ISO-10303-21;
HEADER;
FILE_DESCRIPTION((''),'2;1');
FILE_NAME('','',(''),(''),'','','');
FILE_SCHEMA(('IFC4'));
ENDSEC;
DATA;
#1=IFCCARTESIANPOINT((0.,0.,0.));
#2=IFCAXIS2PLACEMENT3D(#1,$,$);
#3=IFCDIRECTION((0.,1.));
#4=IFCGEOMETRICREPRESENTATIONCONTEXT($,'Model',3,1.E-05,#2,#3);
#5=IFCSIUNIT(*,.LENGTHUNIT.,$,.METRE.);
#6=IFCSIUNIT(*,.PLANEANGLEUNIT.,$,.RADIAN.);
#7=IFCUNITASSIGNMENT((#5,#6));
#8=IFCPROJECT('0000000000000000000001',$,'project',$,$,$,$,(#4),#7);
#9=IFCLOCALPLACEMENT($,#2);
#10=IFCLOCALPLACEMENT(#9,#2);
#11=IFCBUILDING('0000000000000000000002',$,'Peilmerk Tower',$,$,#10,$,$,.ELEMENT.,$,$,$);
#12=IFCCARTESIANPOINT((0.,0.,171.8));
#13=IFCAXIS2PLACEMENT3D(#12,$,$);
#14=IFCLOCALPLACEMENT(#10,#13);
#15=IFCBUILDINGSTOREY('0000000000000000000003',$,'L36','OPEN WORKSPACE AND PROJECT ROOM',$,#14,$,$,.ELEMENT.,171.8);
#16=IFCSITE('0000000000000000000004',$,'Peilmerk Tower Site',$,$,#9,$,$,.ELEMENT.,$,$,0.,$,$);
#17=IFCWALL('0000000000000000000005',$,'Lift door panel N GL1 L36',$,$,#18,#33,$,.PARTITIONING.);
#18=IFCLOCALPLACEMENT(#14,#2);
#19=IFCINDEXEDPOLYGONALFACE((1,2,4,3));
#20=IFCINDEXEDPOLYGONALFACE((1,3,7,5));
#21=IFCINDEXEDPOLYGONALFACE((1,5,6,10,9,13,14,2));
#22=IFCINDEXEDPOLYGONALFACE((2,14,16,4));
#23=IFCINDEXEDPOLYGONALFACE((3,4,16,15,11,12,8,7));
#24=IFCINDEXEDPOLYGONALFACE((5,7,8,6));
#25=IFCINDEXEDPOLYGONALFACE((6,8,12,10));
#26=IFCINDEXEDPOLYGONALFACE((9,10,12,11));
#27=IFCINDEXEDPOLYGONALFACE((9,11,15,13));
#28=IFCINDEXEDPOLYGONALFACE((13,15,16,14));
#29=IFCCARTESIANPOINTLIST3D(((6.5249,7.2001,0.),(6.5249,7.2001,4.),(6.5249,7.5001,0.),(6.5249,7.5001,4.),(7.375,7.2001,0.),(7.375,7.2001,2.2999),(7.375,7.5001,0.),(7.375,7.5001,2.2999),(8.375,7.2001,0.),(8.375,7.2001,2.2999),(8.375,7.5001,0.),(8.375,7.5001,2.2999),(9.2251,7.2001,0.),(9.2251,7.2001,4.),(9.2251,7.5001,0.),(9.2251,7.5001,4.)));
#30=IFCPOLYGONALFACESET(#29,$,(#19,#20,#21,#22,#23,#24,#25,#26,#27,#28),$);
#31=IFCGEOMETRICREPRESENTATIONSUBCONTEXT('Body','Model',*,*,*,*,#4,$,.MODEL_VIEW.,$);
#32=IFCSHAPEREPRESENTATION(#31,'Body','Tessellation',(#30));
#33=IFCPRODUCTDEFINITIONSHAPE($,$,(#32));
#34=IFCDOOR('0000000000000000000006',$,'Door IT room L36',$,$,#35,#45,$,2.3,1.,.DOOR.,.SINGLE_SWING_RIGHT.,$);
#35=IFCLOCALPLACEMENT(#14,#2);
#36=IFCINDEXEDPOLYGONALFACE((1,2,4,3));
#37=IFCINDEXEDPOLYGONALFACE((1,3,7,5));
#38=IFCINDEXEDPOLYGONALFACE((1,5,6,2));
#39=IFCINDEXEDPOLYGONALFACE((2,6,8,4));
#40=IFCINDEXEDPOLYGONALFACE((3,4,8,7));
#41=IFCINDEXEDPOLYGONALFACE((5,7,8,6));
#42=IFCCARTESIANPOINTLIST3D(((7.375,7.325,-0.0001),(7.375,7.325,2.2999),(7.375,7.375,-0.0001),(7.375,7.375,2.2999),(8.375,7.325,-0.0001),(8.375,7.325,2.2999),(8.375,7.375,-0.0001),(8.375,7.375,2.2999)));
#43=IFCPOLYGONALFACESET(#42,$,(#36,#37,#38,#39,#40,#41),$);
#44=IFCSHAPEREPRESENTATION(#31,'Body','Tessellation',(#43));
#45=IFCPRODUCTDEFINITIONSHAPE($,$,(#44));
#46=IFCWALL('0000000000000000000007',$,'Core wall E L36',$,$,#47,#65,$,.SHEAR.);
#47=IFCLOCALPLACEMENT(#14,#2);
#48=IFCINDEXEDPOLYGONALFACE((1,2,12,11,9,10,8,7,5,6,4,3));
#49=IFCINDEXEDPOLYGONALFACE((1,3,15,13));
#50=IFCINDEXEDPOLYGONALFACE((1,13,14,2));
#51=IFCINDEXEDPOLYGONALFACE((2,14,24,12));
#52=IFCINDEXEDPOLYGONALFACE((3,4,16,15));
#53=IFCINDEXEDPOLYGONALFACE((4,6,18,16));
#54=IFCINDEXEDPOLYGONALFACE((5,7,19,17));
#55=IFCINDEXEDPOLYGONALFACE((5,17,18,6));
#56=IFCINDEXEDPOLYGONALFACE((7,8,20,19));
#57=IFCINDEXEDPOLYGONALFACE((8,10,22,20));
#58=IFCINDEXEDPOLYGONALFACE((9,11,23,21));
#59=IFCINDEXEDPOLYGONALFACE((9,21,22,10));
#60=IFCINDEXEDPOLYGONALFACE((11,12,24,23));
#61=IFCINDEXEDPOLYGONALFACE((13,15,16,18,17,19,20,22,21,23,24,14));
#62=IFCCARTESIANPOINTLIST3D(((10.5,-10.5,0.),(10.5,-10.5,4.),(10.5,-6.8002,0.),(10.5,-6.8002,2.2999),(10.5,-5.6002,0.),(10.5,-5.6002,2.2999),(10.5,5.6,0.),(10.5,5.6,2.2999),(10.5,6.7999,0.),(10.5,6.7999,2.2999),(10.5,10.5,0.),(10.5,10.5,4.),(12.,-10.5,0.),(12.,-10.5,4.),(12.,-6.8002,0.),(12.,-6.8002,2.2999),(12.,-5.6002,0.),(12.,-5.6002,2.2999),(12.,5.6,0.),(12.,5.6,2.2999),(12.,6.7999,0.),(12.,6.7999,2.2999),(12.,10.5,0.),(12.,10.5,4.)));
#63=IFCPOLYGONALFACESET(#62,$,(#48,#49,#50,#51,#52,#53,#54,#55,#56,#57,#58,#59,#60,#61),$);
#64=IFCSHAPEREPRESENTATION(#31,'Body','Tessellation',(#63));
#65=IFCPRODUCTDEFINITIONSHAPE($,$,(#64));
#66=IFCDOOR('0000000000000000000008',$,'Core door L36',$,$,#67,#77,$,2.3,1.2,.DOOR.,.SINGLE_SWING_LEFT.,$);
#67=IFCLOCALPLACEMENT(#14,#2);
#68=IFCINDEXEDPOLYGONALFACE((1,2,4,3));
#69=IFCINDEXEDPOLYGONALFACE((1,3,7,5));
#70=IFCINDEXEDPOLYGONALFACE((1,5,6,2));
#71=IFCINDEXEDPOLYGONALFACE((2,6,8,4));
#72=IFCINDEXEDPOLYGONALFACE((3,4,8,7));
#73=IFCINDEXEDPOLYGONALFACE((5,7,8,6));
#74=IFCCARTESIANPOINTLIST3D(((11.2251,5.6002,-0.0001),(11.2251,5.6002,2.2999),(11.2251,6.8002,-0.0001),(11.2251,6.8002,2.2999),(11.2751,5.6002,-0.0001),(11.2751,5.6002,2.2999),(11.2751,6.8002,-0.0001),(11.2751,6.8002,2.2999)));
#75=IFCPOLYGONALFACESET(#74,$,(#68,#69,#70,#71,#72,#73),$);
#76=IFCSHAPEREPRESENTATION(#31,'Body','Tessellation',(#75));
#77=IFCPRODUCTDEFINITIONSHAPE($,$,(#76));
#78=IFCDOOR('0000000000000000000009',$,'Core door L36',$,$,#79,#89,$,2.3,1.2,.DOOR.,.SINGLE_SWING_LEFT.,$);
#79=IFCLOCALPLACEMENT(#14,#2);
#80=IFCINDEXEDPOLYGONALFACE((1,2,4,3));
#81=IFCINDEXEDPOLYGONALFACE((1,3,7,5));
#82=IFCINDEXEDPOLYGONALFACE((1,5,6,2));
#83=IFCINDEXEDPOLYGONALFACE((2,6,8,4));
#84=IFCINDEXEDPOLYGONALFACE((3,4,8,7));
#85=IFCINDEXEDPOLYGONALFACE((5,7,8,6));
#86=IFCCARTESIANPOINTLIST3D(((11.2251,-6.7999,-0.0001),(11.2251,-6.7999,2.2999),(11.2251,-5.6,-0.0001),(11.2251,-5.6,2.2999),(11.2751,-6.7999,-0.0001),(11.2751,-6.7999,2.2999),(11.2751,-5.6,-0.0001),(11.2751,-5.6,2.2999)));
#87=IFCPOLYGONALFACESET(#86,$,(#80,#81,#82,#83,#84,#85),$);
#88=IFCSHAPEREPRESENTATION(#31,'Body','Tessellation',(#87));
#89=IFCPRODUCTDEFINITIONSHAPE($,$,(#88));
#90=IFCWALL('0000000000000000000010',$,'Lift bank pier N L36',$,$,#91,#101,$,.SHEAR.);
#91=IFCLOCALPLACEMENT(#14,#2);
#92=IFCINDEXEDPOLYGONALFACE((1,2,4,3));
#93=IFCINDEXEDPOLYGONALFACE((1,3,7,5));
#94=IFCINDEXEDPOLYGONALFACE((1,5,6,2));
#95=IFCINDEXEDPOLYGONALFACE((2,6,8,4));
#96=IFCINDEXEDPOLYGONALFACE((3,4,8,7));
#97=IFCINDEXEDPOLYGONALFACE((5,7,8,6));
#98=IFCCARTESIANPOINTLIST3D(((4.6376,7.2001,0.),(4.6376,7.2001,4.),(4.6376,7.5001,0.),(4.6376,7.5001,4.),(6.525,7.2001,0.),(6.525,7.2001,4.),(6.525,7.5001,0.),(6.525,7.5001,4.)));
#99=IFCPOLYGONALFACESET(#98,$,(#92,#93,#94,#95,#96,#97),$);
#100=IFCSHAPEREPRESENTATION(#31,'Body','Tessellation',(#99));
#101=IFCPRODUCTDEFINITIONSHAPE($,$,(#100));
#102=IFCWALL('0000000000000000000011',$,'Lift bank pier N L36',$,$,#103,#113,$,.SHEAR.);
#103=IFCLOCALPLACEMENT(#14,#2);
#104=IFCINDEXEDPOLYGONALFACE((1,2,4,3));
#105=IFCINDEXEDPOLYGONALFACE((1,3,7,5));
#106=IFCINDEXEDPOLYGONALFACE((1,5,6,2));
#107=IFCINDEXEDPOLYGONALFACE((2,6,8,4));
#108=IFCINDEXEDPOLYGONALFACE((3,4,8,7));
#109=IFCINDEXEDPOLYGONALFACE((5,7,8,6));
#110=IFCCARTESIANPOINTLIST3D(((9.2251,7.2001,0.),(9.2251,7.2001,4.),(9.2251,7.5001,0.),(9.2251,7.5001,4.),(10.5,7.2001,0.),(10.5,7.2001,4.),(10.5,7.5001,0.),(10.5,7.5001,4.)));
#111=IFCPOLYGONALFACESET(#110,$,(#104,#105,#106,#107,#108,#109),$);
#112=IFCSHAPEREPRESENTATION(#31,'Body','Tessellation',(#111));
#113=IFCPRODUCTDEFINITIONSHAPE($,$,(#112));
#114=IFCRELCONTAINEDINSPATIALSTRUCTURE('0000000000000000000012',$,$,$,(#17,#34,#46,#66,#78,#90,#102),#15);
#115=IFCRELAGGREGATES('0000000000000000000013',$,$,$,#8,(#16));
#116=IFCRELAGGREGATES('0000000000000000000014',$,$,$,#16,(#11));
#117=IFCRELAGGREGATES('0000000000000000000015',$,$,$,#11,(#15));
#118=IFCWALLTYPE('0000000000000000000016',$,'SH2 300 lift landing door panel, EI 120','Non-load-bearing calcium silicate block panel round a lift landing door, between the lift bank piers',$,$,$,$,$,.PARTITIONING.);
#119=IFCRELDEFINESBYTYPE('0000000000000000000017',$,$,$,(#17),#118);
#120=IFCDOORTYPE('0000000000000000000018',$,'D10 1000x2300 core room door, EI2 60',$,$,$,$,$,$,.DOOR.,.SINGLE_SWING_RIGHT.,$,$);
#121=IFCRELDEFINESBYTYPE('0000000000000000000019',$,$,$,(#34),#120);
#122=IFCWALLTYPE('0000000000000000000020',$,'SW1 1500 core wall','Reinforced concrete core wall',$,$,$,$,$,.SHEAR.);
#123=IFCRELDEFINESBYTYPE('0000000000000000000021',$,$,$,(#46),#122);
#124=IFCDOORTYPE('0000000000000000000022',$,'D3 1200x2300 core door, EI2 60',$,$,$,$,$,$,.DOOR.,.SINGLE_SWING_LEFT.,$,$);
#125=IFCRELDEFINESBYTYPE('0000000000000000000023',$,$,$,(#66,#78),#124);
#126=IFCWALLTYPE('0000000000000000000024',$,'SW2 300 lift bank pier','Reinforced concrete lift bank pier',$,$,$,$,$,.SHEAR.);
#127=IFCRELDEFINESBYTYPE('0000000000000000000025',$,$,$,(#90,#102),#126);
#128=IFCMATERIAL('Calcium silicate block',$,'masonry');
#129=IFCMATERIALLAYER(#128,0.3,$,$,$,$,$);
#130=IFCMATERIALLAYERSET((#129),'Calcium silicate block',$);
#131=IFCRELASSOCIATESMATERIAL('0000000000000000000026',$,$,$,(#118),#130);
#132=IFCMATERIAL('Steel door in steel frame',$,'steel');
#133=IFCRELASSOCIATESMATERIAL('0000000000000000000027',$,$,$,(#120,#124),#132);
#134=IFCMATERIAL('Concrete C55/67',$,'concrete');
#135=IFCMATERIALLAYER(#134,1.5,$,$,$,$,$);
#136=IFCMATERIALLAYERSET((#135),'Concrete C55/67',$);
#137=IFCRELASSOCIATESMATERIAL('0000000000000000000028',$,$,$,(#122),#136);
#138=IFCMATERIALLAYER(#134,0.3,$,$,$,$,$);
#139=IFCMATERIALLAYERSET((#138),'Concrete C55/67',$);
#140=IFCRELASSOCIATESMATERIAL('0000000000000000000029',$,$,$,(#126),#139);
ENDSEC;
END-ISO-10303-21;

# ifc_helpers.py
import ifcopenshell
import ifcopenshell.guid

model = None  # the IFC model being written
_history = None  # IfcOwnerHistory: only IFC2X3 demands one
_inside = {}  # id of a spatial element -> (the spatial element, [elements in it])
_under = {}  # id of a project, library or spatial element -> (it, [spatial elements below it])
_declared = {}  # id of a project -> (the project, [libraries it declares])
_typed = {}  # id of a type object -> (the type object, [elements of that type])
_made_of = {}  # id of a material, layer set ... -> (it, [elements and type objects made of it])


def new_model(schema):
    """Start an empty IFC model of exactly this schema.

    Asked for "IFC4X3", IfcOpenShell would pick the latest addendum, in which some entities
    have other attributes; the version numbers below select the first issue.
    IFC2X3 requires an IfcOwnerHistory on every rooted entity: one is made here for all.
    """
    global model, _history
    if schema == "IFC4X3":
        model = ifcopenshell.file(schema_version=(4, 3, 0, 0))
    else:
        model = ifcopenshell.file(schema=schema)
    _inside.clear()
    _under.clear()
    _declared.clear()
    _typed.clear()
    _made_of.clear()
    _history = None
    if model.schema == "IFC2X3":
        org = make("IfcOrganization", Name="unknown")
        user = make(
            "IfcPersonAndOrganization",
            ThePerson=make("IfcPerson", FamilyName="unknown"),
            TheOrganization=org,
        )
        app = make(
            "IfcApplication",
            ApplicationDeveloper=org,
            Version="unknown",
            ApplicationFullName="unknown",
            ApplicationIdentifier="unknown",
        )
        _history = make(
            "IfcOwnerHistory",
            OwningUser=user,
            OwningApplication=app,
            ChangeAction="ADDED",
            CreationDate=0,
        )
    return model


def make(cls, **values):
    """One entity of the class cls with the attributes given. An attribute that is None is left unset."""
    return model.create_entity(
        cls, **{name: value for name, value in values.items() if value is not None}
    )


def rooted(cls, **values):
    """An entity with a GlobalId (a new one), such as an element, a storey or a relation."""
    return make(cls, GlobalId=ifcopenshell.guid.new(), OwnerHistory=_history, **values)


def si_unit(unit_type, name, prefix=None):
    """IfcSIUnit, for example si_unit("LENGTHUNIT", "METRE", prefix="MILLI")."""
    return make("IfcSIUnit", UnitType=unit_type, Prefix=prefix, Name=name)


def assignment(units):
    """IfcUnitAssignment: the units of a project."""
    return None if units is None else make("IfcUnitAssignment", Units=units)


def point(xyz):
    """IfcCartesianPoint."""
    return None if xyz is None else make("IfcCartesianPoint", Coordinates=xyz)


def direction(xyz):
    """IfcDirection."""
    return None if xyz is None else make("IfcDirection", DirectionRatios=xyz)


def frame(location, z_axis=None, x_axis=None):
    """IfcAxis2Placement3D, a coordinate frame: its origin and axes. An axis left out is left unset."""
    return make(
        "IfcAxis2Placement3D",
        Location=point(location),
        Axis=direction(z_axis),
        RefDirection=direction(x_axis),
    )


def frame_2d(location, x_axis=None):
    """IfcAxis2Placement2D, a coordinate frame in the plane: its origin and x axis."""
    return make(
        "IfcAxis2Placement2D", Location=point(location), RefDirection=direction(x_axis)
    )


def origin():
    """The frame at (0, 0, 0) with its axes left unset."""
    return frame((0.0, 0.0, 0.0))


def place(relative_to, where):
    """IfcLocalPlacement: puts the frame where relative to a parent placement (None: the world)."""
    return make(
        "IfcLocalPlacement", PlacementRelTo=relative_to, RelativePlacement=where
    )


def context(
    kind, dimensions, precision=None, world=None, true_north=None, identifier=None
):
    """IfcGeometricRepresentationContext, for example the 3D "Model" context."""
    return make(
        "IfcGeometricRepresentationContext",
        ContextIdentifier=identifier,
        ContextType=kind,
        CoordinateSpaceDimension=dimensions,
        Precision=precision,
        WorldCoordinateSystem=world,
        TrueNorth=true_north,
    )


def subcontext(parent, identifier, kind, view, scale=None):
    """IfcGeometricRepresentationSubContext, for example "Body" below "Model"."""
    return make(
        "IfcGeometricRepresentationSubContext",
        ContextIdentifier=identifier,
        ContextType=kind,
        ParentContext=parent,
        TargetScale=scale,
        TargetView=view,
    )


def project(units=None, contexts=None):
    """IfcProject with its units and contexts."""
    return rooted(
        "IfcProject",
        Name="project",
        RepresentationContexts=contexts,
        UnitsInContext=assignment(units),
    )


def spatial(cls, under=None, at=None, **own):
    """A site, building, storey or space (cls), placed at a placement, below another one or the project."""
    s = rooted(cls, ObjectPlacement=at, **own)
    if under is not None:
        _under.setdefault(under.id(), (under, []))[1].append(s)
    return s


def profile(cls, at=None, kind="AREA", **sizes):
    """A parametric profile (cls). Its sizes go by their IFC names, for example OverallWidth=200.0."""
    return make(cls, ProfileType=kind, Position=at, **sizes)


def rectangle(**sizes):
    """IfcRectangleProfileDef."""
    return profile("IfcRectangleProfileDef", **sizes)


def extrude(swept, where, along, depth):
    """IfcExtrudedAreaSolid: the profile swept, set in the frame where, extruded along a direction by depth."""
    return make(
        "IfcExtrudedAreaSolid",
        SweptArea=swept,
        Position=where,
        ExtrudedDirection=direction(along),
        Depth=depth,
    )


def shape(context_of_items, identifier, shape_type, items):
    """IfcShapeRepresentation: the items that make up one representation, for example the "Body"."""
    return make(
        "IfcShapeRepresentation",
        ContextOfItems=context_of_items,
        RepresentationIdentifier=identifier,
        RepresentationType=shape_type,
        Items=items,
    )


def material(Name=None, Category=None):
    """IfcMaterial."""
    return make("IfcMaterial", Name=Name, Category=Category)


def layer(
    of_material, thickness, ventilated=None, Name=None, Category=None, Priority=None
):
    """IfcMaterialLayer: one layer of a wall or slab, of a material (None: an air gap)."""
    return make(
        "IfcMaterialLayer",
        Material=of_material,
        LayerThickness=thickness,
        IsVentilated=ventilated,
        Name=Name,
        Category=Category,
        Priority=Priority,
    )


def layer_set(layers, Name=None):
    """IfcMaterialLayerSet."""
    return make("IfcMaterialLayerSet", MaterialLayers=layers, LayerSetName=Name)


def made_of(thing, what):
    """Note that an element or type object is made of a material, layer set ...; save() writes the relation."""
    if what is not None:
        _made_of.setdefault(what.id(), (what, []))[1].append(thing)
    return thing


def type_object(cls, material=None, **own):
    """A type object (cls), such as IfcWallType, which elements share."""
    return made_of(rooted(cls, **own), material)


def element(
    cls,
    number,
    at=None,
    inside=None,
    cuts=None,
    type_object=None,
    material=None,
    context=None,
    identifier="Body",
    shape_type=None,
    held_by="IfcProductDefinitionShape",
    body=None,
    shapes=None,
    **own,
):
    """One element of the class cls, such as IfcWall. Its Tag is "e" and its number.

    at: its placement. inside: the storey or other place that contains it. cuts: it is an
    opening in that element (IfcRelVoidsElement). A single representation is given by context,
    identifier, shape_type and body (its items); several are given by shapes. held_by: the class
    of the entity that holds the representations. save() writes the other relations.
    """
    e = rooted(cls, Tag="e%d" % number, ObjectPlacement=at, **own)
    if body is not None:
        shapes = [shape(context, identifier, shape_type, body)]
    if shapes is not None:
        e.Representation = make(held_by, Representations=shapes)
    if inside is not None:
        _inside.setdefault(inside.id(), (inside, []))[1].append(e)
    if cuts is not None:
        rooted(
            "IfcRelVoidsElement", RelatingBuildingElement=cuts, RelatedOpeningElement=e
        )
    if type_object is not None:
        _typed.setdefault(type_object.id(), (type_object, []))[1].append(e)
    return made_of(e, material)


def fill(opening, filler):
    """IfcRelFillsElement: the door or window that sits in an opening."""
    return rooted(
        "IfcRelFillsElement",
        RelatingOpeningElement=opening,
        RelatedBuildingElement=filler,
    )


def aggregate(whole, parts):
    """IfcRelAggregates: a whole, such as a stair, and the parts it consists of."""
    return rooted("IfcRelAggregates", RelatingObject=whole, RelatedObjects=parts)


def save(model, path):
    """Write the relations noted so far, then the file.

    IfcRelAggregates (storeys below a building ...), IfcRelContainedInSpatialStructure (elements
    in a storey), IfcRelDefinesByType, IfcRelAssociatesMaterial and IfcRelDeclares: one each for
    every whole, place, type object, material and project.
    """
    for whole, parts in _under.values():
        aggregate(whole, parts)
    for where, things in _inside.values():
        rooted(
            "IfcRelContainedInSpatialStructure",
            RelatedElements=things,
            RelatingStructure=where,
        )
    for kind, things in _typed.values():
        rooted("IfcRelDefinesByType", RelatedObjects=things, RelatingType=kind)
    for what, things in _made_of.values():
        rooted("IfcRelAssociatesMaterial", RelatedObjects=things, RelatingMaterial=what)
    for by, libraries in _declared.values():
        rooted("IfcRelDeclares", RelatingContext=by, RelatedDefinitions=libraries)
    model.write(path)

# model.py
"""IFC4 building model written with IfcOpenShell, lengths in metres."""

from ifc_helpers import new_model, si_unit, direction, frame, frame_2d, origin, place, context, subcontext, project, spatial, rectangle, extrude, material, layer, layer_set, type_object, element, fill, save


model = new_model("IFC4")

# Units and contexts
model_context = context("Model", 3, precision=1e-05, world=origin(), true_north=direction((0.0, 1.0)))
body_context = subcontext(model_context, "Body", "Model", "MODEL_VIEW")
ifc_project = project(units=[si_unit("LENGTHUNIT", "METRE"), si_unit("PLANEANGLEUNIT", "RADIAN")], contexts=[model_context])

# Site, building, storey
site_placement = place(None, origin())
site = spatial("IfcSite", under=ifc_project, at=site_placement, Name="Peilmerk Tower Site", CompositionType="ELEMENT", RefElevation=0.0)
building_placement = place(site_placement, origin())
building = spatial("IfcBuilding", under=site, at=building_placement, Name="Peilmerk Tower", CompositionType="ELEMENT")
storey_placement = place(building_placement, frame((0.0, 0.0, 171.8)))
storey = spatial("IfcBuildingStorey", under=building, at=storey_placement, Name="L36", Description="OPEN WORKSPACE AND PROJECT ROOM", CompositionType="ELEMENT", Elevation=171.8)

# Shared definitions
ifc_material_1 = material(Name="Calcium silicate block", Category="masonry")

# Wall, opening, door
ifc_layer_1 = layer(ifc_material_1, 0.3)
ifc_layer_set_1 = layer_set([ifc_layer_1], Name="Calcium silicate block")
wall_type_1 = type_object("IfcWallType", Name="SH2 300 lift landing door panel, EI 120", Description="Non-load-bearing calcium silicate block panel round a lift landing door, between the lift bank piers", PredefinedType="PARTITIONING", material=ifc_layer_set_1)
wall_1_placement = place(storey_placement, frame((6.5249, 7.3501, 0.0), z_axis=(0.0, 0.0, 1.0), x_axis=(1.0, 0.0, 0.0)))
wall_1 = element("IfcWall", 1, at=wall_1_placement, inside=storey, type_object=wall_type_1, Name="Lift door panel N GL1 L36", PredefinedType="PARTITIONING", context=body_context, shape_type="SweptSolid", body=[
    extrude(rectangle(XDim=2.7002, YDim=0.3, at=frame_2d((1.3501, 0.0))), origin(), (0.0, 0.0, 1.0), 4.0),
])
opening_1_placement = place(wall_1_placement, frame((0.8501, 0.0, 0.0)))
opening_1 = element("IfcOpeningElement", 2, at=opening_1_placement, cuts=wall_1, PredefinedType="OPENING", context=body_context, shape_type="SweptSolid", body=[
    extrude(rectangle(XDim=1.0, YDim=2.3, at=frame_2d((0.5, 1.1499))), frame((0.0, 0.1599, 0.0), z_axis=(0.0, -1.0, 0.0), x_axis=(1.0, 0.0, 0.0)), (0.0, 0.0, 1.0), 0.3201),
])
ifc_material_2 = material(Name="Steel door in steel frame", Category="steel")
door_type_1 = type_object("IfcDoorType", Name="D10 1000x2300 core room door, EI2 60", OperationType="SINGLE_SWING_RIGHT", PredefinedType="DOOR", material=ifc_material_2)
door_1_placement = place(opening_1_placement, origin())
door_1 = element("IfcDoor", 3, at=door_1_placement, inside=storey, type_object=door_type_1, Name="Door IT room L36", OperationType="SINGLE_SWING_RIGHT", OverallHeight=2.3, OverallWidth=1.0, PredefinedType="DOOR", context=body_context, shape_type="SweptSolid", body=[
    extrude(rectangle(XDim=1.0, YDim=2.3, at=frame_2d((0.5, 1.1499))), frame((0.0, 0.0249, 0.0), z_axis=(0.0, -1.0, 0.0), x_axis=(1.0, 0.0, 0.0)), (0.0, 0.0, 1.0), 0.05),
])
fill(opening_1, door_1)

# Wall, openings, doors
ifc_material_3 = material(Name="Concrete C55/67", Category="concrete")
ifc_layer_2 = layer(ifc_material_3, 1.5)
ifc_layer_set_2 = layer_set([ifc_layer_2], Name="Concrete C55/67")
wall_type_2 = type_object("IfcWallType", Name="SW1 1500 core wall", Description="Reinforced concrete core wall", PredefinedType="SHEAR", material=ifc_layer_set_2)
wall_2_placement = place(storey_placement, frame((11.25, 10.5, 0.0), z_axis=(0.0, 0.0, 1.0), x_axis=(0.0, -1.0, 0.0)))
wall_2 = element("IfcWall", 4, at=wall_2_placement, inside=storey, type_object=wall_type_2, Name="Core wall E L36", PredefinedType="SHEAR", context=body_context, shape_type="SweptSolid", body=[
    extrude(rectangle(XDim=21.0, YDim=1.5, at=frame_2d((10.5, 0.0))), origin(), (0.0, 0.0, 1.0), 4.0),
])
opening_2_placement = place(wall_2_placement, frame((3.7, 0.0, 0.0)))
opening_2 = element("IfcOpeningElement", 5, at=opening_2_placement, cuts=wall_2, PredefinedType="OPENING", context=body_context, shape_type="SweptSolid", body=[
    extrude(rectangle(XDim=1.2, YDim=2.3, at=frame_2d((0.6001, 1.1499))), frame((0.0, 0.76, 0.0), z_axis=(0.0, -1.0, 0.0), x_axis=(1.0, 0.0, 0.0)), (0.0, 0.0, 1.0), 1.52),
])
opening_3_placement = place(wall_2_placement, frame((16.1001, 0.0, 0.0)))
opening_3 = element("IfcOpeningElement", 6, at=opening_3_placement, cuts=wall_2, PredefinedType="OPENING", context=body_context, shape_type="SweptSolid", body=[
    extrude(rectangle(XDim=1.2, YDim=2.3, at=frame_2d((0.6001, 1.1499))), frame((0.0, 0.76, 0.0), z_axis=(0.0, -1.0, 0.0), x_axis=(1.0, 0.0, 0.0)), (0.0, 0.0, 1.0), 1.52),
])
door_type_2 = type_object("IfcDoorType", Name="D3 1200x2300 core door, EI2 60", OperationType="SINGLE_SWING_LEFT", PredefinedType="DOOR", material=ifc_material_2)
door_2_placement = place(opening_2_placement, frame((1.2, 0.0, 0.0), z_axis=(0.0, 0.0, 1.0), x_axis=(-1.0, 0.0, 0.0)))
door_2 = element("IfcDoor", 7, at=door_2_placement, inside=storey, type_object=door_type_2, Name="Core door L36", OperationType="SINGLE_SWING_LEFT", OverallHeight=2.3, OverallWidth=1.2, PredefinedType="DOOR", context=body_context, shape_type="SweptSolid", body=[
    extrude(rectangle(XDim=1.2, YDim=2.3, at=frame_2d((0.6001, 1.1499))), frame((0.0, 0.0249, 0.0), z_axis=(0.0, -1.0, 0.0), x_axis=(1.0, 0.0, 0.0)), (0.0, 0.0, 1.0), 0.05),
])
fill(opening_2, door_2)
door_3_placement = place(opening_3_placement, frame((1.2, 0.0, 0.0), z_axis=(0.0, 0.0, 1.0), x_axis=(-1.0, 0.0, 0.0)))
door_3 = element("IfcDoor", 8, at=door_3_placement, inside=storey, type_object=door_type_2, Name="Core door L36", OperationType="SINGLE_SWING_LEFT", OverallHeight=2.3, OverallWidth=1.2, PredefinedType="DOOR", context=body_context, shape_type="SweptSolid", body=[
    extrude(rectangle(XDim=1.2, YDim=2.3, at=frame_2d((0.6001, 1.1499))), frame((0.0, 0.0249, 0.0), z_axis=(0.0, -1.0, 0.0), x_axis=(1.0, 0.0, 0.0)), (0.0, 0.0, 1.0), 0.05),
])
fill(opening_3, door_3)

# Walls
ifc_layer_3 = layer(ifc_material_3, 0.3)
ifc_layer_set_3 = layer_set([ifc_layer_3], Name="Concrete C55/67")
wall_type_3 = type_object("IfcWallType", Name="SW2 300 lift bank pier", Description="Reinforced concrete lift bank pier", PredefinedType="SHEAR", material=ifc_layer_set_3)
wall_3_placement = place(storey_placement, frame((4.6375, 7.3501, 0.0), z_axis=(0.0, 0.0, 1.0), x_axis=(1.0, 0.0, 0.0)))
element("IfcWall", 9, at=wall_3_placement, inside=storey, type_object=wall_type_3, Name="Lift bank pier N L36", PredefinedType="SHEAR", context=body_context, shape_type="SweptSolid", body=[
    extrude(rectangle(XDim=1.8875, YDim=0.3, at=frame_2d((0.9438, 0.0))), origin(), (0.0, 0.0, 1.0), 4.0),
])
wall_4_placement = place(storey_placement, frame((9.2251, 7.3501, 0.0), z_axis=(0.0, 0.0, 1.0), x_axis=(1.0, 0.0, 0.0)))
element("IfcWall", 10, at=wall_4_placement, inside=storey, type_object=wall_type_3, Name="Lift bank pier N L36", PredefinedType="SHEAR", context=body_context, shape_type="SweptSolid", body=[
    extrude(rectangle(XDim=1.2749, YDim=0.3, at=frame_2d((0.6375, 0.0))), origin(), (0.0, 0.0, 1.0), 4.0),
])

save(model, "model.ifc")
